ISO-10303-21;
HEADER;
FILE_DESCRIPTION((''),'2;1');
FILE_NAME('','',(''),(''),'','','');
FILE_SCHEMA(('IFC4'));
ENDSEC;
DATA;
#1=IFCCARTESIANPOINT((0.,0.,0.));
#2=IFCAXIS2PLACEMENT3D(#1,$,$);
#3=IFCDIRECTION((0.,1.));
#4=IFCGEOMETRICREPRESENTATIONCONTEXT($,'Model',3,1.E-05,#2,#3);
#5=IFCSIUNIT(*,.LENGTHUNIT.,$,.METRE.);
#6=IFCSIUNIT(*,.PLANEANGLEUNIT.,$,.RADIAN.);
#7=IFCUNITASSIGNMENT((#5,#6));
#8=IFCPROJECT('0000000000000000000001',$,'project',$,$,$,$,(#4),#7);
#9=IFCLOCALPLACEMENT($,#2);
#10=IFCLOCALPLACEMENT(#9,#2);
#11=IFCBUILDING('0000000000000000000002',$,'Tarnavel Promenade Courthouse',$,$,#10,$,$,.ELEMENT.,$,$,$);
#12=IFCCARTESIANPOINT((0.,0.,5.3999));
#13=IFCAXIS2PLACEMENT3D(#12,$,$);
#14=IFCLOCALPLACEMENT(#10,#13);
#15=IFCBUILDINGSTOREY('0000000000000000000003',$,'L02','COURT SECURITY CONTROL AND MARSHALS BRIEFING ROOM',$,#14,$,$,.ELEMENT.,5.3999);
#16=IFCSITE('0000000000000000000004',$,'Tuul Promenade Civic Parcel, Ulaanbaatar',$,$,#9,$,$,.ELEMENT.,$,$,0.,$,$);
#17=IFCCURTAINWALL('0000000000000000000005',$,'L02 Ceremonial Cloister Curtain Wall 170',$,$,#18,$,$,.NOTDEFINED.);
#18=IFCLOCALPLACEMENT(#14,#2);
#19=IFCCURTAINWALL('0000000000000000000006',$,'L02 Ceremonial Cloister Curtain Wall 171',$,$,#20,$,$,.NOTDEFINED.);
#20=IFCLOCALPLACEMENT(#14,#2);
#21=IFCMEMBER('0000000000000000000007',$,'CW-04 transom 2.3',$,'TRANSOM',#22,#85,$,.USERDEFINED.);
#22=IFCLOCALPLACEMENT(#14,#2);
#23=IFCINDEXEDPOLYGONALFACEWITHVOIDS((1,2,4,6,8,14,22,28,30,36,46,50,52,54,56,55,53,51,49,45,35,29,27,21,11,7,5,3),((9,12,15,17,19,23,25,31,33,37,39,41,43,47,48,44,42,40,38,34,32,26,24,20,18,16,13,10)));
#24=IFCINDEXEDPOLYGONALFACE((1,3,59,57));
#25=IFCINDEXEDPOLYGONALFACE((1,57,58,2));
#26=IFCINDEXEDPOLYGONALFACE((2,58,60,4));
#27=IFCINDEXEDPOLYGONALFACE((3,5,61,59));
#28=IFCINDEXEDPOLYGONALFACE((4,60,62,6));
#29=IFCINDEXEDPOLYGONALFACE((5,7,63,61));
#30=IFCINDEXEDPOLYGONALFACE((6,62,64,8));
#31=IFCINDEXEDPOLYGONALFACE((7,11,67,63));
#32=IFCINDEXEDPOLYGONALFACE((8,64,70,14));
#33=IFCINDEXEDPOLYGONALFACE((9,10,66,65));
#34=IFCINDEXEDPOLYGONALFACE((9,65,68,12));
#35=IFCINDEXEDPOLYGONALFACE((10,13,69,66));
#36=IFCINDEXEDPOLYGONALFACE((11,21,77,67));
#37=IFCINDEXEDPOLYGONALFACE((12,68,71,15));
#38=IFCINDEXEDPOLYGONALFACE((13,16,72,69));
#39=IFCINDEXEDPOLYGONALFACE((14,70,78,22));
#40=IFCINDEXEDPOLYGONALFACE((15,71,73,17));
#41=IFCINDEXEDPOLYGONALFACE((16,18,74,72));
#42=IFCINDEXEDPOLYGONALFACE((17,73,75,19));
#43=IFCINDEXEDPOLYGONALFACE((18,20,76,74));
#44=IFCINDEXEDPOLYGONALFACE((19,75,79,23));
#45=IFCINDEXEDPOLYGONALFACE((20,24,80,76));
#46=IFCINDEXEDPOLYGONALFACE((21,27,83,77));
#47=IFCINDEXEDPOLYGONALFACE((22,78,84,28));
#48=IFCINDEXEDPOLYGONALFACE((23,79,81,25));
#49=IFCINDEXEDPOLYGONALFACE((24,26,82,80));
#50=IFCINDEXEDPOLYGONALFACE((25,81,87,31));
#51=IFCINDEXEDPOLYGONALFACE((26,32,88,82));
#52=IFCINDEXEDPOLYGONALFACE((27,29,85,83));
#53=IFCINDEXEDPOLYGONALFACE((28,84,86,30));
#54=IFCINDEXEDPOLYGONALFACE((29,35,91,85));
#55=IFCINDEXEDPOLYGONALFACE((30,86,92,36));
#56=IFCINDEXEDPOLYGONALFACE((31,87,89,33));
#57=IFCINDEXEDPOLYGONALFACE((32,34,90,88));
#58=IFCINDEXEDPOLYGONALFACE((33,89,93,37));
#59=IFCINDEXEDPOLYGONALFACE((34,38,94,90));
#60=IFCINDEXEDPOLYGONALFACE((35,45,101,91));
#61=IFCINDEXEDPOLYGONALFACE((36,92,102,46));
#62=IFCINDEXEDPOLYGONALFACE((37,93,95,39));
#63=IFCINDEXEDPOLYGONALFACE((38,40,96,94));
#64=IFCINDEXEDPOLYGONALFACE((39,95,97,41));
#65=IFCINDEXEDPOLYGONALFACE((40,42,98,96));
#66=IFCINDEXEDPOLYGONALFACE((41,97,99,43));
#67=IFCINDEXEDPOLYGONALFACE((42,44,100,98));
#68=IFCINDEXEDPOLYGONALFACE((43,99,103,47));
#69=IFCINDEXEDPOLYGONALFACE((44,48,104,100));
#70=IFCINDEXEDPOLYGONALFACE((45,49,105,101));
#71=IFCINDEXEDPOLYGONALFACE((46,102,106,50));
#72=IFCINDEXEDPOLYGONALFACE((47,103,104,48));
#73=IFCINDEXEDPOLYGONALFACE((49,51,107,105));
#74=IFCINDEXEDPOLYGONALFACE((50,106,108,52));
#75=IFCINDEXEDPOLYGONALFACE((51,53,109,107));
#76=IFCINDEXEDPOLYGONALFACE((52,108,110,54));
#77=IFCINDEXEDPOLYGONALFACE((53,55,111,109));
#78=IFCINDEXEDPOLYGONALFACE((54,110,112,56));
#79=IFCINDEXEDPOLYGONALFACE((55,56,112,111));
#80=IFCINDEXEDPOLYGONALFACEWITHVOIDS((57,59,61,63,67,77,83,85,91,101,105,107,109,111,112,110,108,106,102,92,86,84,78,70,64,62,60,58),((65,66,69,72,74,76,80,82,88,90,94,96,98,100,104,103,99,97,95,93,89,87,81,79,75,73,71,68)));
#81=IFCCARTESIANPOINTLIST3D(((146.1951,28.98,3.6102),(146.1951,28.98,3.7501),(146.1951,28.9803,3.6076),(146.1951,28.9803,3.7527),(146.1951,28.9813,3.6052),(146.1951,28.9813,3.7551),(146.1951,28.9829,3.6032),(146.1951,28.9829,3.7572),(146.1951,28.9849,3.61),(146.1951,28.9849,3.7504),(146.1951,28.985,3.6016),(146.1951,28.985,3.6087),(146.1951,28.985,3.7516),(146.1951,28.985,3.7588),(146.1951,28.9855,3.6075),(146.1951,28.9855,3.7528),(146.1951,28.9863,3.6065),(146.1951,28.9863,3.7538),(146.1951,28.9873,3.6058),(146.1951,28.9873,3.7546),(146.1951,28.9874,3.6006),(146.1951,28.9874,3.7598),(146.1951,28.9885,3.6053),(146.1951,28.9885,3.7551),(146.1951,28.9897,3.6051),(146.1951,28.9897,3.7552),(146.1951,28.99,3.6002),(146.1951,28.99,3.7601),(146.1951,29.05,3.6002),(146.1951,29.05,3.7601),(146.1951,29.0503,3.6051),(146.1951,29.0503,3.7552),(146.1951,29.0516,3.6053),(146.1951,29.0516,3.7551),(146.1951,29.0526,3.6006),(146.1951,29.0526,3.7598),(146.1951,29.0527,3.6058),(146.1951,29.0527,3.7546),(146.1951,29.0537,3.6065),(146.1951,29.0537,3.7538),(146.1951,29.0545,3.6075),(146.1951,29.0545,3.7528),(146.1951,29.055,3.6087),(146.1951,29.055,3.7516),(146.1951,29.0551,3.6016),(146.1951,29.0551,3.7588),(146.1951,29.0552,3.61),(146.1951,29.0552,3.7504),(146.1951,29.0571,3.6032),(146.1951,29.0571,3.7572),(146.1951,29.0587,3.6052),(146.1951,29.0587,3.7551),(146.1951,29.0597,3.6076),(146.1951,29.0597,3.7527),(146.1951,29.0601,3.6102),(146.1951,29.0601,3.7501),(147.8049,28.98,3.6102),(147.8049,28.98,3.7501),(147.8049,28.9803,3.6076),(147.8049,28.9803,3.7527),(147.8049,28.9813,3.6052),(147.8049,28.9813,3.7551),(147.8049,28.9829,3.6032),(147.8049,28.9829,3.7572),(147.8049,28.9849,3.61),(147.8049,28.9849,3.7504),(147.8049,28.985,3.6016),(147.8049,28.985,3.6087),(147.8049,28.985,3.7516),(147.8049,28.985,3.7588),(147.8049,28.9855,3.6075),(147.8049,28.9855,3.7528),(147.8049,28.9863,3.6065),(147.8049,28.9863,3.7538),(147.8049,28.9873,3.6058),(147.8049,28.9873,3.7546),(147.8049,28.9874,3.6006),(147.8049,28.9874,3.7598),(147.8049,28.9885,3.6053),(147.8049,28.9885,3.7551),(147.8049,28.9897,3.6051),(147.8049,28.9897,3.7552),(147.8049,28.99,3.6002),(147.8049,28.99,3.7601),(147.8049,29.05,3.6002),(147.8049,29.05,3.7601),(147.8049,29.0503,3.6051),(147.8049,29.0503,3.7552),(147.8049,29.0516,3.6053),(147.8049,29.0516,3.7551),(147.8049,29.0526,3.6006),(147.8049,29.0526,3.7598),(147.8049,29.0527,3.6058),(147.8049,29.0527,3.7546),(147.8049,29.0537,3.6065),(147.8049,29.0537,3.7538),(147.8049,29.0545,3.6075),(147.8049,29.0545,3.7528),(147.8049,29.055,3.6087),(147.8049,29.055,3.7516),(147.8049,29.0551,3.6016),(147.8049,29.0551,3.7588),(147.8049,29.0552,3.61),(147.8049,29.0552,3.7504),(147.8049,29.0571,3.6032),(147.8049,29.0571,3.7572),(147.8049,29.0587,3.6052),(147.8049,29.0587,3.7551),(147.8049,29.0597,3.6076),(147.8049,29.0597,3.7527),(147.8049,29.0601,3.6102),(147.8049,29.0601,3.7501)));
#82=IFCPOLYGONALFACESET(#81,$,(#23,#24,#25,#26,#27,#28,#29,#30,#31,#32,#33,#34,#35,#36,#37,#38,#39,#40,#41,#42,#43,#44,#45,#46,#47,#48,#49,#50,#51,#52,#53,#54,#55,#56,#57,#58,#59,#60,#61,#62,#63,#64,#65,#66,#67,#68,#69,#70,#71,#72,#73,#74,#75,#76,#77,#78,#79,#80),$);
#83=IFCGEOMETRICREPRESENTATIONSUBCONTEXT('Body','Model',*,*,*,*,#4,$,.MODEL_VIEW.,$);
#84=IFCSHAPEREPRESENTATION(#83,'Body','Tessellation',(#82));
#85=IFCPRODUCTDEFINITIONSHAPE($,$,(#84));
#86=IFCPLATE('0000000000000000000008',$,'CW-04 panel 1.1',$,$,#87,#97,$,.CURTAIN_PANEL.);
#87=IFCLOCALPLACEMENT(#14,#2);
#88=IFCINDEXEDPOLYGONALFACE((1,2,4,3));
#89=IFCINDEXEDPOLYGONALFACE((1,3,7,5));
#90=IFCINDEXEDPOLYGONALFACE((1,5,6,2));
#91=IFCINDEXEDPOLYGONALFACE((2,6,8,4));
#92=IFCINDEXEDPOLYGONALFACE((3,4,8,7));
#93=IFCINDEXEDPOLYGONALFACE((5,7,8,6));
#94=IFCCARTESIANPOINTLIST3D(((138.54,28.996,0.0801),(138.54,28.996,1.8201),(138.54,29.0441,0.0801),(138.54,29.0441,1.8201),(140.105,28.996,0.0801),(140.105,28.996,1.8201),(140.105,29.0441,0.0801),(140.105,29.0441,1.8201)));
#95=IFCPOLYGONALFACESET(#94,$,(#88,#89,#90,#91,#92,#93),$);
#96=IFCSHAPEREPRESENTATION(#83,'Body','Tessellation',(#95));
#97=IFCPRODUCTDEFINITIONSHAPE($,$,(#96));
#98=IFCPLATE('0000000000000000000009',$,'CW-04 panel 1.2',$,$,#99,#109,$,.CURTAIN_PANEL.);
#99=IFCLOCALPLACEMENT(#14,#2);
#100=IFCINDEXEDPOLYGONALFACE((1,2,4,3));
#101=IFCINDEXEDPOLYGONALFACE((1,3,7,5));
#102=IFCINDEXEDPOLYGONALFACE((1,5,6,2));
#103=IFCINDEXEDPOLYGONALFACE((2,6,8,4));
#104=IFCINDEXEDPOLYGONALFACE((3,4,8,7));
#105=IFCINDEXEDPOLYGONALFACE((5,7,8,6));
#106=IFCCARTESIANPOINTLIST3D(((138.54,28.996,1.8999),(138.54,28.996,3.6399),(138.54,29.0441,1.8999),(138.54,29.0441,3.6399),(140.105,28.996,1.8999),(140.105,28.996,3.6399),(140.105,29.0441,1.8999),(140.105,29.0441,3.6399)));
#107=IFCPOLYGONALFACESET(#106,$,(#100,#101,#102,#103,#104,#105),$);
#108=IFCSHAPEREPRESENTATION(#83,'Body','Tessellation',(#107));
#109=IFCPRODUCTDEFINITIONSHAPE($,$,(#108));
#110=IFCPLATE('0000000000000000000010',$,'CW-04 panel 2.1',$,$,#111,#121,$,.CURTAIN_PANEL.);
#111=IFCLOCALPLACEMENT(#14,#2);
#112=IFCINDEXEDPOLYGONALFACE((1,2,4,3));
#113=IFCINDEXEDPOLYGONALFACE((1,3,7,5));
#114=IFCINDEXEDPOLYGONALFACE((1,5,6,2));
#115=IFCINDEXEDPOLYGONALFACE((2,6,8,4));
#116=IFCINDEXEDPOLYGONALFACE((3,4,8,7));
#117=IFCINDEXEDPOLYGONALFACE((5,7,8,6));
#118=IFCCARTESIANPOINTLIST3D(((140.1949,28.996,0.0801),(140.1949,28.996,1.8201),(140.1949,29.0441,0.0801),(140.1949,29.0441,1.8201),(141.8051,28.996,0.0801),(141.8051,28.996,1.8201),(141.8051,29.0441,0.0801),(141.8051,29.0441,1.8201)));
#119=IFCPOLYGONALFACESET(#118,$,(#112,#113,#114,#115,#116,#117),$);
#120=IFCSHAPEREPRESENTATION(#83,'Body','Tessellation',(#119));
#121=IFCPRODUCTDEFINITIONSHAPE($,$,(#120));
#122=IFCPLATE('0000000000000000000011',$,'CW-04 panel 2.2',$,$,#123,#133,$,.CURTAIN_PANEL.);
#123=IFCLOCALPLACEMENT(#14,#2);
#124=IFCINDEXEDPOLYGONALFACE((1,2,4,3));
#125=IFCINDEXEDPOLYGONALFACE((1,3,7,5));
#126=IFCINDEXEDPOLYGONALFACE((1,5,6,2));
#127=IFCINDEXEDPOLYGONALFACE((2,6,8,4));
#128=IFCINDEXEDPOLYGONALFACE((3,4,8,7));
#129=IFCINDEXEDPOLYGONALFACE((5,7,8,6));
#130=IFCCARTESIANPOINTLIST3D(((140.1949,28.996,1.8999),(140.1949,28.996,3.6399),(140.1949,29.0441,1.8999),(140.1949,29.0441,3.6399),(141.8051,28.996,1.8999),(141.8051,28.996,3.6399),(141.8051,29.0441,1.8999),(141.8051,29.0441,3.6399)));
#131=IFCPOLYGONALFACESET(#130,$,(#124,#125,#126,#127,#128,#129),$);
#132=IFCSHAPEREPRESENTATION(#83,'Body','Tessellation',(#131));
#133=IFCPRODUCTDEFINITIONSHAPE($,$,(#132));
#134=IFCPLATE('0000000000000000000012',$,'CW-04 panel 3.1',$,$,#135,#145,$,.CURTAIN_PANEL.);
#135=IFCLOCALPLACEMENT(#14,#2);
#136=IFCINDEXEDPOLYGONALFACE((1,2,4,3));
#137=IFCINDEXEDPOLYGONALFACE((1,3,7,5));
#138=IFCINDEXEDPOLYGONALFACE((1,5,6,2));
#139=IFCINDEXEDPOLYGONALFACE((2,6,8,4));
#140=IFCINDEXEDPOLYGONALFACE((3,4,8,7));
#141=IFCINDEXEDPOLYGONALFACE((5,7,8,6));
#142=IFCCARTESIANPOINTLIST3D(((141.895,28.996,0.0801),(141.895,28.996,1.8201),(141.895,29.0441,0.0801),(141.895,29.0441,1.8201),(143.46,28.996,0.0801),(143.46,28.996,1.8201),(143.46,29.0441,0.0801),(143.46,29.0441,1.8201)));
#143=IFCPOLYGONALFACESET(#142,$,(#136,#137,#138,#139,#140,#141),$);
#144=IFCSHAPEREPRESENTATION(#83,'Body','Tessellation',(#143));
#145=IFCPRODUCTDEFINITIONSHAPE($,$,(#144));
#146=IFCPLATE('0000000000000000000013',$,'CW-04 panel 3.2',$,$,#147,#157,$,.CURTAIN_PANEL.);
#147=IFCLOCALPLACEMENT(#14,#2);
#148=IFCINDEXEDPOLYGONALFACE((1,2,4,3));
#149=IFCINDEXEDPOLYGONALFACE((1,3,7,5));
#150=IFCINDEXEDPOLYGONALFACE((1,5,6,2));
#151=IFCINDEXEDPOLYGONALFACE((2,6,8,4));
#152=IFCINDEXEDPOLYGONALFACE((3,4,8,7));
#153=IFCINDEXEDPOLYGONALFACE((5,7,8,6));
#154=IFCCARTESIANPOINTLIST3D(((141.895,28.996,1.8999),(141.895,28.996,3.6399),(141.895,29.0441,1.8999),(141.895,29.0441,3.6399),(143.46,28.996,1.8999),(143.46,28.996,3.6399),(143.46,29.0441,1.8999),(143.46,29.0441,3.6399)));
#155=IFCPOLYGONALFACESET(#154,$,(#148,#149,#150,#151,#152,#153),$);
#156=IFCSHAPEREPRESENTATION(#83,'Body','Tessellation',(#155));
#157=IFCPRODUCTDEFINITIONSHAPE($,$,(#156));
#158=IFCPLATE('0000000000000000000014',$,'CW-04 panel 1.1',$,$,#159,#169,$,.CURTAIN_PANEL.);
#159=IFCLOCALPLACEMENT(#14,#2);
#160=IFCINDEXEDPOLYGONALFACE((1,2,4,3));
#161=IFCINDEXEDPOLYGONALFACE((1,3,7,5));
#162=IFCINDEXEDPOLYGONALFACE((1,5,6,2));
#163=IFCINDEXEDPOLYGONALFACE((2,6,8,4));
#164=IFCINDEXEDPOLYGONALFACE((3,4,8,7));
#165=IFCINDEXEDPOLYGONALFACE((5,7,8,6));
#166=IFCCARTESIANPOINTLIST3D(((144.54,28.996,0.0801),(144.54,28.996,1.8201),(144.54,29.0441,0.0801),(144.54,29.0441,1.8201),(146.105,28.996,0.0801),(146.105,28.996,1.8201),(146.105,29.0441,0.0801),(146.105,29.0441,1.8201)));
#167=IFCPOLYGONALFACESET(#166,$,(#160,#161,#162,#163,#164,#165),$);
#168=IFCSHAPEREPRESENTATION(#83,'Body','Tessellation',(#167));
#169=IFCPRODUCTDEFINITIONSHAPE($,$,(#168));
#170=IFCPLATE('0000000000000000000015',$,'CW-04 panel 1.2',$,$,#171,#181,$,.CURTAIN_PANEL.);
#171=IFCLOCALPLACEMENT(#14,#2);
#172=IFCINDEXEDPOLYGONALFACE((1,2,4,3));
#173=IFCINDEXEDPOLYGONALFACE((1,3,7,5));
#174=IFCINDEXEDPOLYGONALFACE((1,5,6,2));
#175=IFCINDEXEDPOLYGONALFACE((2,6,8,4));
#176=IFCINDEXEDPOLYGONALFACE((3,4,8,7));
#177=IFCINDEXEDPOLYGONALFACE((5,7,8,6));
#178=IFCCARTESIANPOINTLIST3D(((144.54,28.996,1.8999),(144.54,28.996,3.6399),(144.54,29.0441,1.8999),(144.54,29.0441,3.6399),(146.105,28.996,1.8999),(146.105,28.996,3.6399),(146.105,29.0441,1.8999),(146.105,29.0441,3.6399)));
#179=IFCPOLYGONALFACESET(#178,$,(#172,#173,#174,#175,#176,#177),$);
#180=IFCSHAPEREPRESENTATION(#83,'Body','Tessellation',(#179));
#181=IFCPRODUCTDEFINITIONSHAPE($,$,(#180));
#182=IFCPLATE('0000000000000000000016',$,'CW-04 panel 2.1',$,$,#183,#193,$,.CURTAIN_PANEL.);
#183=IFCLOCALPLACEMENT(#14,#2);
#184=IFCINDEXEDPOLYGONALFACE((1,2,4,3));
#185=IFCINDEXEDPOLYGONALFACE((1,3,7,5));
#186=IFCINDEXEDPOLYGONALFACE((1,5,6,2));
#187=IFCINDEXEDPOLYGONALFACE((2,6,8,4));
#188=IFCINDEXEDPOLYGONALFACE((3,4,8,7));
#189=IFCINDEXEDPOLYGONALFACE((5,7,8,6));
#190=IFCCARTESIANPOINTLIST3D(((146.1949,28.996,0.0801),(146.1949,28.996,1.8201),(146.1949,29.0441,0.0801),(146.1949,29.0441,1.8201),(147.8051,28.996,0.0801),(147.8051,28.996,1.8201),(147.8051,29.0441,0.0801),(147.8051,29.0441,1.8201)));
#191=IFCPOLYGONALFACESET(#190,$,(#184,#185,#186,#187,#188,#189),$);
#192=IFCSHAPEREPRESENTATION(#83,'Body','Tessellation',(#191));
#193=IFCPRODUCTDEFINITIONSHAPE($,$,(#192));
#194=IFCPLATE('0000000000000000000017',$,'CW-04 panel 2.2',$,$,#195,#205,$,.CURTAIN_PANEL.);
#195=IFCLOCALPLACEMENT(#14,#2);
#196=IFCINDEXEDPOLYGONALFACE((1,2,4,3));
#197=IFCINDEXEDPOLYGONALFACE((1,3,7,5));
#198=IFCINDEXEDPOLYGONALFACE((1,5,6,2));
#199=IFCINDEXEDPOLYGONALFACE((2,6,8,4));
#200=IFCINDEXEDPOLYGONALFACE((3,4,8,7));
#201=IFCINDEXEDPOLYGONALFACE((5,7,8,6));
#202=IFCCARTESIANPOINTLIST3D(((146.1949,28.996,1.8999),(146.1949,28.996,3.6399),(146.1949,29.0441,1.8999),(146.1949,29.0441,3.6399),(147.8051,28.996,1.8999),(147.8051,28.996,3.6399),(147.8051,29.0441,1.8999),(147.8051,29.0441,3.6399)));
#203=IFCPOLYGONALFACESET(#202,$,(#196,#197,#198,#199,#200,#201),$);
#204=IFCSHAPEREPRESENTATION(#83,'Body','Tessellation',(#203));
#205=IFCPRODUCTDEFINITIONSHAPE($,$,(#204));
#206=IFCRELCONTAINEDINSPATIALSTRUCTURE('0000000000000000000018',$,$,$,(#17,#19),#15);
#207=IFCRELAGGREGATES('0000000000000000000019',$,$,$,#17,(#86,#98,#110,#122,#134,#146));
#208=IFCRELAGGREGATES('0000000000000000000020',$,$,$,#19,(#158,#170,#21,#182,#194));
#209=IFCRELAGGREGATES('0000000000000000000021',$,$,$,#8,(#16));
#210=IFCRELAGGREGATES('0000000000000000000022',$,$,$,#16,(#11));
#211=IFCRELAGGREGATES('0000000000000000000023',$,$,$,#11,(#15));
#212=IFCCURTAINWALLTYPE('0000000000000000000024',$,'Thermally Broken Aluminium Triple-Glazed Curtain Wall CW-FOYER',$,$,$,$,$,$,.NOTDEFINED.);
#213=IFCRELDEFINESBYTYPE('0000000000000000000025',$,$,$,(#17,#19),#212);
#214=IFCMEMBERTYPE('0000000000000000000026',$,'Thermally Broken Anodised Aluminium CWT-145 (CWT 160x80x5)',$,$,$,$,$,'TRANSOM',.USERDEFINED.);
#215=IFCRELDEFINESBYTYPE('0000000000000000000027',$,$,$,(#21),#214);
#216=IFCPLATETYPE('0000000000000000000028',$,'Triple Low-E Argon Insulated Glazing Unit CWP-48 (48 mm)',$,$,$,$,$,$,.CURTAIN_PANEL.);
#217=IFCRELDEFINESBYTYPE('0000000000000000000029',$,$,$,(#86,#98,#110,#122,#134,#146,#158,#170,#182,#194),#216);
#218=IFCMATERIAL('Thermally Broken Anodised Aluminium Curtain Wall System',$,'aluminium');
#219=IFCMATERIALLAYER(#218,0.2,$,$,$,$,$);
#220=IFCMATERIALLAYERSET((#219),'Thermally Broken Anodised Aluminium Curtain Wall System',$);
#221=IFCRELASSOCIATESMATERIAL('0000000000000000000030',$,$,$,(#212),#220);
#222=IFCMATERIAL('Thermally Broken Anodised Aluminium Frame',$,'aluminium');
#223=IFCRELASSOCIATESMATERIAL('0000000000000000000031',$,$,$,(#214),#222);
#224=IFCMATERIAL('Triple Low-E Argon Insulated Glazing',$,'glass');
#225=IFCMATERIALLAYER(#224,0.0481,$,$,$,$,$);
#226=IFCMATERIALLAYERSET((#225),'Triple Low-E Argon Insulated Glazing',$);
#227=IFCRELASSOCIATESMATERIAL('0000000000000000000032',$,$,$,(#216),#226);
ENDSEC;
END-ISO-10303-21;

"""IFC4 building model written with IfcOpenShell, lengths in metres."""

from ifc_helpers import new_model, si_unit, direction, frame, origin, origin_2d, place, context, subcontext, project, spatial, rectangle, hollow_rectangle, extrude, material, layer, layer_set, material_profile, profile_set, type_object, element, aggregate, save


model = new_model("IFC4")

# Units and contexts
model_context = context("Model", 3, precision=1e-05, world=origin(), true_north=direction((0.0, 1.0)))
body_context = subcontext(model_context, "Body", "Model", "MODEL_VIEW")
ifc_project = project(units=[si_unit("LENGTHUNIT", "METRE"), si_unit("PLANEANGLEUNIT", "RADIAN")], contexts=[model_context])

# Site, building, storey
site_placement = place(None, origin())
site = spatial("IfcSite", under=ifc_project, at=site_placement, Name="Tuul Promenade Civic Parcel, Ulaanbaatar", CompositionType="ELEMENT", RefElevation=0.0)
building_placement = place(site_placement, origin())
building = spatial("IfcBuilding", under=site, at=building_placement, Name="Tarnavel Promenade Courthouse", CompositionType="ELEMENT")
storey_placement = place(building_placement, frame((0.0, 0.0, 5.3999)))
storey = spatial("IfcBuildingStorey", under=building, at=storey_placement, Name="L02", Description="COURT SECURITY CONTROL AND MARSHALS BRIEFING ROOM", CompositionType="ELEMENT", Elevation=5.3999)

# Curtain walls
ifc_material_1 = material(Name="Thermally Broken Anodised Aluminium Curtain Wall System", Category="aluminium")
ifc_layer_1 = layer(ifc_material_1, 0.2)
ifc_layer_set_1 = layer_set([ifc_layer_1], Name="Thermally Broken Anodised Aluminium Curtain Wall System")
curtain_wall_type = type_object("IfcCurtainWallType", Name="Thermally Broken Aluminium Triple-Glazed Curtain Wall CW-FOYER", PredefinedType="NOTDEFINED", material=ifc_layer_set_1)
curtain_wall_1_placement = place(storey_placement, origin())
curtain_wall_1 = element("IfcCurtainWall", 1, at=curtain_wall_1_placement, inside=storey, type_object=curtain_wall_type, Name="L02 Ceremonial Cloister Curtain Wall 170", PredefinedType="NOTDEFINED")
ifc_material_2 = material(Name="Thermally Broken Anodised Aluminium Frame", Category="aluminium")
curtain_wall_2_placement = place(storey_placement, origin())
curtain_wall_2 = element("IfcCurtainWall", 2, at=curtain_wall_2_placement, inside=storey, type_object=curtain_wall_type, Name="L02 Ceremonial Cloister Curtain Wall 171", PredefinedType="NOTDEFINED")

# Member
ifc_material_profile_1 = material_profile(ifc_material_2, hollow_rectangle(XDim=0.0801, YDim=0.1599, WallThickness=0.0049, InnerFilletRadius=0.0049, OuterFilletRadius=0.01, at=origin_2d()), Name="CWT 160x80x5")
ifc_profile_set_1 = profile_set([ifc_material_profile_1], Name="Thermally Broken Anodised Aluminium Frame")
member_type_1 = type_object("IfcMemberType", Name="Thermally Broken Anodised Aluminium CWT-145 (CWT 160x80x5)", ElementType="TRANSOM", PredefinedType="USERDEFINED", material=ifc_profile_set_1)
member_1_placement = place(storey_placement, frame((146.1951, 29.02, 3.6802), z_axis=(1.0, 0.0, 0.0), x_axis=(0.0, 1.0, 0.0)))
member_1 = element("IfcMember", 3, at=member_1_placement, type_object=member_type_1, Name="CW-04 transom 2.3", ObjectType="TRANSOM", PredefinedType="USERDEFINED", context=body_context, shape_type="SweptSolid", body=[
    extrude(hollow_rectangle(XDim=0.0801, YDim=0.1599, WallThickness=0.0049, InnerFilletRadius=0.0049, OuterFilletRadius=0.01, at=origin_2d()), origin(), (0.0, 0.0, 1.0), 1.6099),
])

# Plates
ifc_material_3 = material(Name="Triple Low-E Argon Insulated Glazing", Category="glass")
ifc_layer_2 = layer(ifc_material_3, 0.0481)
ifc_layer_set_2 = layer_set([ifc_layer_2], Name="Triple Low-E Argon Insulated Glazing")
plate_type = type_object("IfcPlateType", Name="Triple Low-E Argon Insulated Glazing Unit CWP-48 (48 mm)", PredefinedType="CURTAIN_PANEL", material=ifc_layer_set_2)
plate_1_placement = place(storey_placement, frame((139.3225, 29.02, 0.0801), z_axis=(0.0, 0.0, 1.0), x_axis=(1.0, 0.0, 0.0)))
plate_1 = element("IfcPlate", 4, at=plate_1_placement, type_object=plate_type, Name="CW-04 panel 1.1", PredefinedType="CURTAIN_PANEL", context=body_context, shape_type="SweptSolid", body=[
    extrude(rectangle(XDim=1.5649, YDim=0.0481, at=origin_2d()), origin(), (0.0, 0.0, 1.0), 1.74),
])
plate_2_placement = place(storey_placement, frame((139.3225, 29.02, 1.8999), z_axis=(0.0, 0.0, 1.0), x_axis=(1.0, 0.0, 0.0)))
plate_2 = element("IfcPlate", 5, at=plate_2_placement, type_object=plate_type, Name="CW-04 panel 1.2", PredefinedType="CURTAIN_PANEL", context=body_context, shape_type="SweptSolid", body=[
    extrude(rectangle(XDim=1.5649, YDim=0.0481, at=origin_2d()), origin(), (0.0, 0.0, 1.0), 1.74),
])
plate_3_placement = place(storey_placement, frame((141.0, 29.02, 0.0801), z_axis=(0.0, 0.0, 1.0), x_axis=(1.0, 0.0, 0.0)))
plate_3 = element("IfcPlate", 6, at=plate_3_placement, type_object=plate_type, Name="CW-04 panel 2.1", PredefinedType="CURTAIN_PANEL", context=body_context, shape_type="SweptSolid", body=[
    extrude(rectangle(XDim=1.6101, YDim=0.0481, at=origin_2d()), origin(), (0.0, 0.0, 1.0), 1.74),
])
plate_4_placement = place(storey_placement, frame((141.0, 29.02, 1.8999), z_axis=(0.0, 0.0, 1.0), x_axis=(1.0, 0.0, 0.0)))
plate_4 = element("IfcPlate", 7, at=plate_4_placement, type_object=plate_type, Name="CW-04 panel 2.2", PredefinedType="CURTAIN_PANEL", context=body_context, shape_type="SweptSolid", body=[
    extrude(rectangle(XDim=1.6101, YDim=0.0481, at=origin_2d()), origin(), (0.0, 0.0, 1.0), 1.74),
])
plate_5_placement = place(storey_placement, frame((142.6775, 29.02, 0.0801), z_axis=(0.0, 0.0, 1.0), x_axis=(1.0, 0.0, 0.0)))
plate_5 = element("IfcPlate", 8, at=plate_5_placement, type_object=plate_type, Name="CW-04 panel 3.1", PredefinedType="CURTAIN_PANEL", context=body_context, shape_type="SweptSolid", body=[
    extrude(rectangle(XDim=1.5649, YDim=0.0481, at=origin_2d()), origin(), (0.0, 0.0, 1.0), 1.74),
])
plate_6_placement = place(storey_placement, frame((142.6775, 29.02, 1.8999), z_axis=(0.0, 0.0, 1.0), x_axis=(1.0, 0.0, 0.0)))
plate_6 = element("IfcPlate", 9, at=plate_6_placement, type_object=plate_type, Name="CW-04 panel 3.2", PredefinedType="CURTAIN_PANEL", context=body_context, shape_type="SweptSolid", body=[
    extrude(rectangle(XDim=1.5649, YDim=0.0481, at=origin_2d()), origin(), (0.0, 0.0, 1.0), 1.74),
])
aggregate(curtain_wall_1, [plate_1, plate_2, plate_3, plate_4, plate_5, plate_6])
plate_7_placement = place(storey_placement, frame((145.3225, 29.02, 0.0801), z_axis=(0.0, 0.0, 1.0), x_axis=(1.0, 0.0, 0.0)))
plate_7 = element("IfcPlate", 10, at=plate_7_placement, type_object=plate_type, Name="CW-04 panel 1.1", PredefinedType="CURTAIN_PANEL", context=body_context, shape_type="SweptSolid", body=[
    extrude(rectangle(XDim=1.5649, YDim=0.0481, at=origin_2d()), origin(), (0.0, 0.0, 1.0), 1.74),
])
plate_8_placement = place(storey_placement, frame((145.3225, 29.02, 1.8999), z_axis=(0.0, 0.0, 1.0), x_axis=(1.0, 0.0, 0.0)))
plate_8 = element("IfcPlate", 11, at=plate_8_placement, type_object=plate_type, Name="CW-04 panel 1.2", PredefinedType="CURTAIN_PANEL", context=body_context, shape_type="SweptSolid", body=[
    extrude(rectangle(XDim=1.5649, YDim=0.0481, at=origin_2d()), origin(), (0.0, 0.0, 1.0), 1.74),
])
plate_9_placement = place(storey_placement, frame((147.0, 29.02, 0.0801), z_axis=(0.0, 0.0, 1.0), x_axis=(1.0, 0.0, 0.0)))
plate_9 = element("IfcPlate", 12, at=plate_9_placement, type_object=plate_type, Name="CW-04 panel 2.1", PredefinedType="CURTAIN_PANEL", context=body_context, shape_type="SweptSolid", body=[
    extrude(rectangle(XDim=1.6101, YDim=0.0481, at=origin_2d()), origin(), (0.0, 0.0, 1.0), 1.74),
])
plate_10_placement = place(storey_placement, frame((147.0, 29.02, 1.8999), z_axis=(0.0, 0.0, 1.0), x_axis=(1.0, 0.0, 0.0)))
plate_10 = element("IfcPlate", 13, at=plate_10_placement, type_object=plate_type, Name="CW-04 panel 2.2", PredefinedType="CURTAIN_PANEL", context=body_context, shape_type="SweptSolid", body=[
    extrude(rectangle(XDim=1.6101, YDim=0.0481, at=origin_2d()), origin(), (0.0, 0.0, 1.0), 1.74),
])
aggregate(curtain_wall_2, [plate_7, plate_8, member_1, plate_9, plate_10])

save(model, "model.ifc")
